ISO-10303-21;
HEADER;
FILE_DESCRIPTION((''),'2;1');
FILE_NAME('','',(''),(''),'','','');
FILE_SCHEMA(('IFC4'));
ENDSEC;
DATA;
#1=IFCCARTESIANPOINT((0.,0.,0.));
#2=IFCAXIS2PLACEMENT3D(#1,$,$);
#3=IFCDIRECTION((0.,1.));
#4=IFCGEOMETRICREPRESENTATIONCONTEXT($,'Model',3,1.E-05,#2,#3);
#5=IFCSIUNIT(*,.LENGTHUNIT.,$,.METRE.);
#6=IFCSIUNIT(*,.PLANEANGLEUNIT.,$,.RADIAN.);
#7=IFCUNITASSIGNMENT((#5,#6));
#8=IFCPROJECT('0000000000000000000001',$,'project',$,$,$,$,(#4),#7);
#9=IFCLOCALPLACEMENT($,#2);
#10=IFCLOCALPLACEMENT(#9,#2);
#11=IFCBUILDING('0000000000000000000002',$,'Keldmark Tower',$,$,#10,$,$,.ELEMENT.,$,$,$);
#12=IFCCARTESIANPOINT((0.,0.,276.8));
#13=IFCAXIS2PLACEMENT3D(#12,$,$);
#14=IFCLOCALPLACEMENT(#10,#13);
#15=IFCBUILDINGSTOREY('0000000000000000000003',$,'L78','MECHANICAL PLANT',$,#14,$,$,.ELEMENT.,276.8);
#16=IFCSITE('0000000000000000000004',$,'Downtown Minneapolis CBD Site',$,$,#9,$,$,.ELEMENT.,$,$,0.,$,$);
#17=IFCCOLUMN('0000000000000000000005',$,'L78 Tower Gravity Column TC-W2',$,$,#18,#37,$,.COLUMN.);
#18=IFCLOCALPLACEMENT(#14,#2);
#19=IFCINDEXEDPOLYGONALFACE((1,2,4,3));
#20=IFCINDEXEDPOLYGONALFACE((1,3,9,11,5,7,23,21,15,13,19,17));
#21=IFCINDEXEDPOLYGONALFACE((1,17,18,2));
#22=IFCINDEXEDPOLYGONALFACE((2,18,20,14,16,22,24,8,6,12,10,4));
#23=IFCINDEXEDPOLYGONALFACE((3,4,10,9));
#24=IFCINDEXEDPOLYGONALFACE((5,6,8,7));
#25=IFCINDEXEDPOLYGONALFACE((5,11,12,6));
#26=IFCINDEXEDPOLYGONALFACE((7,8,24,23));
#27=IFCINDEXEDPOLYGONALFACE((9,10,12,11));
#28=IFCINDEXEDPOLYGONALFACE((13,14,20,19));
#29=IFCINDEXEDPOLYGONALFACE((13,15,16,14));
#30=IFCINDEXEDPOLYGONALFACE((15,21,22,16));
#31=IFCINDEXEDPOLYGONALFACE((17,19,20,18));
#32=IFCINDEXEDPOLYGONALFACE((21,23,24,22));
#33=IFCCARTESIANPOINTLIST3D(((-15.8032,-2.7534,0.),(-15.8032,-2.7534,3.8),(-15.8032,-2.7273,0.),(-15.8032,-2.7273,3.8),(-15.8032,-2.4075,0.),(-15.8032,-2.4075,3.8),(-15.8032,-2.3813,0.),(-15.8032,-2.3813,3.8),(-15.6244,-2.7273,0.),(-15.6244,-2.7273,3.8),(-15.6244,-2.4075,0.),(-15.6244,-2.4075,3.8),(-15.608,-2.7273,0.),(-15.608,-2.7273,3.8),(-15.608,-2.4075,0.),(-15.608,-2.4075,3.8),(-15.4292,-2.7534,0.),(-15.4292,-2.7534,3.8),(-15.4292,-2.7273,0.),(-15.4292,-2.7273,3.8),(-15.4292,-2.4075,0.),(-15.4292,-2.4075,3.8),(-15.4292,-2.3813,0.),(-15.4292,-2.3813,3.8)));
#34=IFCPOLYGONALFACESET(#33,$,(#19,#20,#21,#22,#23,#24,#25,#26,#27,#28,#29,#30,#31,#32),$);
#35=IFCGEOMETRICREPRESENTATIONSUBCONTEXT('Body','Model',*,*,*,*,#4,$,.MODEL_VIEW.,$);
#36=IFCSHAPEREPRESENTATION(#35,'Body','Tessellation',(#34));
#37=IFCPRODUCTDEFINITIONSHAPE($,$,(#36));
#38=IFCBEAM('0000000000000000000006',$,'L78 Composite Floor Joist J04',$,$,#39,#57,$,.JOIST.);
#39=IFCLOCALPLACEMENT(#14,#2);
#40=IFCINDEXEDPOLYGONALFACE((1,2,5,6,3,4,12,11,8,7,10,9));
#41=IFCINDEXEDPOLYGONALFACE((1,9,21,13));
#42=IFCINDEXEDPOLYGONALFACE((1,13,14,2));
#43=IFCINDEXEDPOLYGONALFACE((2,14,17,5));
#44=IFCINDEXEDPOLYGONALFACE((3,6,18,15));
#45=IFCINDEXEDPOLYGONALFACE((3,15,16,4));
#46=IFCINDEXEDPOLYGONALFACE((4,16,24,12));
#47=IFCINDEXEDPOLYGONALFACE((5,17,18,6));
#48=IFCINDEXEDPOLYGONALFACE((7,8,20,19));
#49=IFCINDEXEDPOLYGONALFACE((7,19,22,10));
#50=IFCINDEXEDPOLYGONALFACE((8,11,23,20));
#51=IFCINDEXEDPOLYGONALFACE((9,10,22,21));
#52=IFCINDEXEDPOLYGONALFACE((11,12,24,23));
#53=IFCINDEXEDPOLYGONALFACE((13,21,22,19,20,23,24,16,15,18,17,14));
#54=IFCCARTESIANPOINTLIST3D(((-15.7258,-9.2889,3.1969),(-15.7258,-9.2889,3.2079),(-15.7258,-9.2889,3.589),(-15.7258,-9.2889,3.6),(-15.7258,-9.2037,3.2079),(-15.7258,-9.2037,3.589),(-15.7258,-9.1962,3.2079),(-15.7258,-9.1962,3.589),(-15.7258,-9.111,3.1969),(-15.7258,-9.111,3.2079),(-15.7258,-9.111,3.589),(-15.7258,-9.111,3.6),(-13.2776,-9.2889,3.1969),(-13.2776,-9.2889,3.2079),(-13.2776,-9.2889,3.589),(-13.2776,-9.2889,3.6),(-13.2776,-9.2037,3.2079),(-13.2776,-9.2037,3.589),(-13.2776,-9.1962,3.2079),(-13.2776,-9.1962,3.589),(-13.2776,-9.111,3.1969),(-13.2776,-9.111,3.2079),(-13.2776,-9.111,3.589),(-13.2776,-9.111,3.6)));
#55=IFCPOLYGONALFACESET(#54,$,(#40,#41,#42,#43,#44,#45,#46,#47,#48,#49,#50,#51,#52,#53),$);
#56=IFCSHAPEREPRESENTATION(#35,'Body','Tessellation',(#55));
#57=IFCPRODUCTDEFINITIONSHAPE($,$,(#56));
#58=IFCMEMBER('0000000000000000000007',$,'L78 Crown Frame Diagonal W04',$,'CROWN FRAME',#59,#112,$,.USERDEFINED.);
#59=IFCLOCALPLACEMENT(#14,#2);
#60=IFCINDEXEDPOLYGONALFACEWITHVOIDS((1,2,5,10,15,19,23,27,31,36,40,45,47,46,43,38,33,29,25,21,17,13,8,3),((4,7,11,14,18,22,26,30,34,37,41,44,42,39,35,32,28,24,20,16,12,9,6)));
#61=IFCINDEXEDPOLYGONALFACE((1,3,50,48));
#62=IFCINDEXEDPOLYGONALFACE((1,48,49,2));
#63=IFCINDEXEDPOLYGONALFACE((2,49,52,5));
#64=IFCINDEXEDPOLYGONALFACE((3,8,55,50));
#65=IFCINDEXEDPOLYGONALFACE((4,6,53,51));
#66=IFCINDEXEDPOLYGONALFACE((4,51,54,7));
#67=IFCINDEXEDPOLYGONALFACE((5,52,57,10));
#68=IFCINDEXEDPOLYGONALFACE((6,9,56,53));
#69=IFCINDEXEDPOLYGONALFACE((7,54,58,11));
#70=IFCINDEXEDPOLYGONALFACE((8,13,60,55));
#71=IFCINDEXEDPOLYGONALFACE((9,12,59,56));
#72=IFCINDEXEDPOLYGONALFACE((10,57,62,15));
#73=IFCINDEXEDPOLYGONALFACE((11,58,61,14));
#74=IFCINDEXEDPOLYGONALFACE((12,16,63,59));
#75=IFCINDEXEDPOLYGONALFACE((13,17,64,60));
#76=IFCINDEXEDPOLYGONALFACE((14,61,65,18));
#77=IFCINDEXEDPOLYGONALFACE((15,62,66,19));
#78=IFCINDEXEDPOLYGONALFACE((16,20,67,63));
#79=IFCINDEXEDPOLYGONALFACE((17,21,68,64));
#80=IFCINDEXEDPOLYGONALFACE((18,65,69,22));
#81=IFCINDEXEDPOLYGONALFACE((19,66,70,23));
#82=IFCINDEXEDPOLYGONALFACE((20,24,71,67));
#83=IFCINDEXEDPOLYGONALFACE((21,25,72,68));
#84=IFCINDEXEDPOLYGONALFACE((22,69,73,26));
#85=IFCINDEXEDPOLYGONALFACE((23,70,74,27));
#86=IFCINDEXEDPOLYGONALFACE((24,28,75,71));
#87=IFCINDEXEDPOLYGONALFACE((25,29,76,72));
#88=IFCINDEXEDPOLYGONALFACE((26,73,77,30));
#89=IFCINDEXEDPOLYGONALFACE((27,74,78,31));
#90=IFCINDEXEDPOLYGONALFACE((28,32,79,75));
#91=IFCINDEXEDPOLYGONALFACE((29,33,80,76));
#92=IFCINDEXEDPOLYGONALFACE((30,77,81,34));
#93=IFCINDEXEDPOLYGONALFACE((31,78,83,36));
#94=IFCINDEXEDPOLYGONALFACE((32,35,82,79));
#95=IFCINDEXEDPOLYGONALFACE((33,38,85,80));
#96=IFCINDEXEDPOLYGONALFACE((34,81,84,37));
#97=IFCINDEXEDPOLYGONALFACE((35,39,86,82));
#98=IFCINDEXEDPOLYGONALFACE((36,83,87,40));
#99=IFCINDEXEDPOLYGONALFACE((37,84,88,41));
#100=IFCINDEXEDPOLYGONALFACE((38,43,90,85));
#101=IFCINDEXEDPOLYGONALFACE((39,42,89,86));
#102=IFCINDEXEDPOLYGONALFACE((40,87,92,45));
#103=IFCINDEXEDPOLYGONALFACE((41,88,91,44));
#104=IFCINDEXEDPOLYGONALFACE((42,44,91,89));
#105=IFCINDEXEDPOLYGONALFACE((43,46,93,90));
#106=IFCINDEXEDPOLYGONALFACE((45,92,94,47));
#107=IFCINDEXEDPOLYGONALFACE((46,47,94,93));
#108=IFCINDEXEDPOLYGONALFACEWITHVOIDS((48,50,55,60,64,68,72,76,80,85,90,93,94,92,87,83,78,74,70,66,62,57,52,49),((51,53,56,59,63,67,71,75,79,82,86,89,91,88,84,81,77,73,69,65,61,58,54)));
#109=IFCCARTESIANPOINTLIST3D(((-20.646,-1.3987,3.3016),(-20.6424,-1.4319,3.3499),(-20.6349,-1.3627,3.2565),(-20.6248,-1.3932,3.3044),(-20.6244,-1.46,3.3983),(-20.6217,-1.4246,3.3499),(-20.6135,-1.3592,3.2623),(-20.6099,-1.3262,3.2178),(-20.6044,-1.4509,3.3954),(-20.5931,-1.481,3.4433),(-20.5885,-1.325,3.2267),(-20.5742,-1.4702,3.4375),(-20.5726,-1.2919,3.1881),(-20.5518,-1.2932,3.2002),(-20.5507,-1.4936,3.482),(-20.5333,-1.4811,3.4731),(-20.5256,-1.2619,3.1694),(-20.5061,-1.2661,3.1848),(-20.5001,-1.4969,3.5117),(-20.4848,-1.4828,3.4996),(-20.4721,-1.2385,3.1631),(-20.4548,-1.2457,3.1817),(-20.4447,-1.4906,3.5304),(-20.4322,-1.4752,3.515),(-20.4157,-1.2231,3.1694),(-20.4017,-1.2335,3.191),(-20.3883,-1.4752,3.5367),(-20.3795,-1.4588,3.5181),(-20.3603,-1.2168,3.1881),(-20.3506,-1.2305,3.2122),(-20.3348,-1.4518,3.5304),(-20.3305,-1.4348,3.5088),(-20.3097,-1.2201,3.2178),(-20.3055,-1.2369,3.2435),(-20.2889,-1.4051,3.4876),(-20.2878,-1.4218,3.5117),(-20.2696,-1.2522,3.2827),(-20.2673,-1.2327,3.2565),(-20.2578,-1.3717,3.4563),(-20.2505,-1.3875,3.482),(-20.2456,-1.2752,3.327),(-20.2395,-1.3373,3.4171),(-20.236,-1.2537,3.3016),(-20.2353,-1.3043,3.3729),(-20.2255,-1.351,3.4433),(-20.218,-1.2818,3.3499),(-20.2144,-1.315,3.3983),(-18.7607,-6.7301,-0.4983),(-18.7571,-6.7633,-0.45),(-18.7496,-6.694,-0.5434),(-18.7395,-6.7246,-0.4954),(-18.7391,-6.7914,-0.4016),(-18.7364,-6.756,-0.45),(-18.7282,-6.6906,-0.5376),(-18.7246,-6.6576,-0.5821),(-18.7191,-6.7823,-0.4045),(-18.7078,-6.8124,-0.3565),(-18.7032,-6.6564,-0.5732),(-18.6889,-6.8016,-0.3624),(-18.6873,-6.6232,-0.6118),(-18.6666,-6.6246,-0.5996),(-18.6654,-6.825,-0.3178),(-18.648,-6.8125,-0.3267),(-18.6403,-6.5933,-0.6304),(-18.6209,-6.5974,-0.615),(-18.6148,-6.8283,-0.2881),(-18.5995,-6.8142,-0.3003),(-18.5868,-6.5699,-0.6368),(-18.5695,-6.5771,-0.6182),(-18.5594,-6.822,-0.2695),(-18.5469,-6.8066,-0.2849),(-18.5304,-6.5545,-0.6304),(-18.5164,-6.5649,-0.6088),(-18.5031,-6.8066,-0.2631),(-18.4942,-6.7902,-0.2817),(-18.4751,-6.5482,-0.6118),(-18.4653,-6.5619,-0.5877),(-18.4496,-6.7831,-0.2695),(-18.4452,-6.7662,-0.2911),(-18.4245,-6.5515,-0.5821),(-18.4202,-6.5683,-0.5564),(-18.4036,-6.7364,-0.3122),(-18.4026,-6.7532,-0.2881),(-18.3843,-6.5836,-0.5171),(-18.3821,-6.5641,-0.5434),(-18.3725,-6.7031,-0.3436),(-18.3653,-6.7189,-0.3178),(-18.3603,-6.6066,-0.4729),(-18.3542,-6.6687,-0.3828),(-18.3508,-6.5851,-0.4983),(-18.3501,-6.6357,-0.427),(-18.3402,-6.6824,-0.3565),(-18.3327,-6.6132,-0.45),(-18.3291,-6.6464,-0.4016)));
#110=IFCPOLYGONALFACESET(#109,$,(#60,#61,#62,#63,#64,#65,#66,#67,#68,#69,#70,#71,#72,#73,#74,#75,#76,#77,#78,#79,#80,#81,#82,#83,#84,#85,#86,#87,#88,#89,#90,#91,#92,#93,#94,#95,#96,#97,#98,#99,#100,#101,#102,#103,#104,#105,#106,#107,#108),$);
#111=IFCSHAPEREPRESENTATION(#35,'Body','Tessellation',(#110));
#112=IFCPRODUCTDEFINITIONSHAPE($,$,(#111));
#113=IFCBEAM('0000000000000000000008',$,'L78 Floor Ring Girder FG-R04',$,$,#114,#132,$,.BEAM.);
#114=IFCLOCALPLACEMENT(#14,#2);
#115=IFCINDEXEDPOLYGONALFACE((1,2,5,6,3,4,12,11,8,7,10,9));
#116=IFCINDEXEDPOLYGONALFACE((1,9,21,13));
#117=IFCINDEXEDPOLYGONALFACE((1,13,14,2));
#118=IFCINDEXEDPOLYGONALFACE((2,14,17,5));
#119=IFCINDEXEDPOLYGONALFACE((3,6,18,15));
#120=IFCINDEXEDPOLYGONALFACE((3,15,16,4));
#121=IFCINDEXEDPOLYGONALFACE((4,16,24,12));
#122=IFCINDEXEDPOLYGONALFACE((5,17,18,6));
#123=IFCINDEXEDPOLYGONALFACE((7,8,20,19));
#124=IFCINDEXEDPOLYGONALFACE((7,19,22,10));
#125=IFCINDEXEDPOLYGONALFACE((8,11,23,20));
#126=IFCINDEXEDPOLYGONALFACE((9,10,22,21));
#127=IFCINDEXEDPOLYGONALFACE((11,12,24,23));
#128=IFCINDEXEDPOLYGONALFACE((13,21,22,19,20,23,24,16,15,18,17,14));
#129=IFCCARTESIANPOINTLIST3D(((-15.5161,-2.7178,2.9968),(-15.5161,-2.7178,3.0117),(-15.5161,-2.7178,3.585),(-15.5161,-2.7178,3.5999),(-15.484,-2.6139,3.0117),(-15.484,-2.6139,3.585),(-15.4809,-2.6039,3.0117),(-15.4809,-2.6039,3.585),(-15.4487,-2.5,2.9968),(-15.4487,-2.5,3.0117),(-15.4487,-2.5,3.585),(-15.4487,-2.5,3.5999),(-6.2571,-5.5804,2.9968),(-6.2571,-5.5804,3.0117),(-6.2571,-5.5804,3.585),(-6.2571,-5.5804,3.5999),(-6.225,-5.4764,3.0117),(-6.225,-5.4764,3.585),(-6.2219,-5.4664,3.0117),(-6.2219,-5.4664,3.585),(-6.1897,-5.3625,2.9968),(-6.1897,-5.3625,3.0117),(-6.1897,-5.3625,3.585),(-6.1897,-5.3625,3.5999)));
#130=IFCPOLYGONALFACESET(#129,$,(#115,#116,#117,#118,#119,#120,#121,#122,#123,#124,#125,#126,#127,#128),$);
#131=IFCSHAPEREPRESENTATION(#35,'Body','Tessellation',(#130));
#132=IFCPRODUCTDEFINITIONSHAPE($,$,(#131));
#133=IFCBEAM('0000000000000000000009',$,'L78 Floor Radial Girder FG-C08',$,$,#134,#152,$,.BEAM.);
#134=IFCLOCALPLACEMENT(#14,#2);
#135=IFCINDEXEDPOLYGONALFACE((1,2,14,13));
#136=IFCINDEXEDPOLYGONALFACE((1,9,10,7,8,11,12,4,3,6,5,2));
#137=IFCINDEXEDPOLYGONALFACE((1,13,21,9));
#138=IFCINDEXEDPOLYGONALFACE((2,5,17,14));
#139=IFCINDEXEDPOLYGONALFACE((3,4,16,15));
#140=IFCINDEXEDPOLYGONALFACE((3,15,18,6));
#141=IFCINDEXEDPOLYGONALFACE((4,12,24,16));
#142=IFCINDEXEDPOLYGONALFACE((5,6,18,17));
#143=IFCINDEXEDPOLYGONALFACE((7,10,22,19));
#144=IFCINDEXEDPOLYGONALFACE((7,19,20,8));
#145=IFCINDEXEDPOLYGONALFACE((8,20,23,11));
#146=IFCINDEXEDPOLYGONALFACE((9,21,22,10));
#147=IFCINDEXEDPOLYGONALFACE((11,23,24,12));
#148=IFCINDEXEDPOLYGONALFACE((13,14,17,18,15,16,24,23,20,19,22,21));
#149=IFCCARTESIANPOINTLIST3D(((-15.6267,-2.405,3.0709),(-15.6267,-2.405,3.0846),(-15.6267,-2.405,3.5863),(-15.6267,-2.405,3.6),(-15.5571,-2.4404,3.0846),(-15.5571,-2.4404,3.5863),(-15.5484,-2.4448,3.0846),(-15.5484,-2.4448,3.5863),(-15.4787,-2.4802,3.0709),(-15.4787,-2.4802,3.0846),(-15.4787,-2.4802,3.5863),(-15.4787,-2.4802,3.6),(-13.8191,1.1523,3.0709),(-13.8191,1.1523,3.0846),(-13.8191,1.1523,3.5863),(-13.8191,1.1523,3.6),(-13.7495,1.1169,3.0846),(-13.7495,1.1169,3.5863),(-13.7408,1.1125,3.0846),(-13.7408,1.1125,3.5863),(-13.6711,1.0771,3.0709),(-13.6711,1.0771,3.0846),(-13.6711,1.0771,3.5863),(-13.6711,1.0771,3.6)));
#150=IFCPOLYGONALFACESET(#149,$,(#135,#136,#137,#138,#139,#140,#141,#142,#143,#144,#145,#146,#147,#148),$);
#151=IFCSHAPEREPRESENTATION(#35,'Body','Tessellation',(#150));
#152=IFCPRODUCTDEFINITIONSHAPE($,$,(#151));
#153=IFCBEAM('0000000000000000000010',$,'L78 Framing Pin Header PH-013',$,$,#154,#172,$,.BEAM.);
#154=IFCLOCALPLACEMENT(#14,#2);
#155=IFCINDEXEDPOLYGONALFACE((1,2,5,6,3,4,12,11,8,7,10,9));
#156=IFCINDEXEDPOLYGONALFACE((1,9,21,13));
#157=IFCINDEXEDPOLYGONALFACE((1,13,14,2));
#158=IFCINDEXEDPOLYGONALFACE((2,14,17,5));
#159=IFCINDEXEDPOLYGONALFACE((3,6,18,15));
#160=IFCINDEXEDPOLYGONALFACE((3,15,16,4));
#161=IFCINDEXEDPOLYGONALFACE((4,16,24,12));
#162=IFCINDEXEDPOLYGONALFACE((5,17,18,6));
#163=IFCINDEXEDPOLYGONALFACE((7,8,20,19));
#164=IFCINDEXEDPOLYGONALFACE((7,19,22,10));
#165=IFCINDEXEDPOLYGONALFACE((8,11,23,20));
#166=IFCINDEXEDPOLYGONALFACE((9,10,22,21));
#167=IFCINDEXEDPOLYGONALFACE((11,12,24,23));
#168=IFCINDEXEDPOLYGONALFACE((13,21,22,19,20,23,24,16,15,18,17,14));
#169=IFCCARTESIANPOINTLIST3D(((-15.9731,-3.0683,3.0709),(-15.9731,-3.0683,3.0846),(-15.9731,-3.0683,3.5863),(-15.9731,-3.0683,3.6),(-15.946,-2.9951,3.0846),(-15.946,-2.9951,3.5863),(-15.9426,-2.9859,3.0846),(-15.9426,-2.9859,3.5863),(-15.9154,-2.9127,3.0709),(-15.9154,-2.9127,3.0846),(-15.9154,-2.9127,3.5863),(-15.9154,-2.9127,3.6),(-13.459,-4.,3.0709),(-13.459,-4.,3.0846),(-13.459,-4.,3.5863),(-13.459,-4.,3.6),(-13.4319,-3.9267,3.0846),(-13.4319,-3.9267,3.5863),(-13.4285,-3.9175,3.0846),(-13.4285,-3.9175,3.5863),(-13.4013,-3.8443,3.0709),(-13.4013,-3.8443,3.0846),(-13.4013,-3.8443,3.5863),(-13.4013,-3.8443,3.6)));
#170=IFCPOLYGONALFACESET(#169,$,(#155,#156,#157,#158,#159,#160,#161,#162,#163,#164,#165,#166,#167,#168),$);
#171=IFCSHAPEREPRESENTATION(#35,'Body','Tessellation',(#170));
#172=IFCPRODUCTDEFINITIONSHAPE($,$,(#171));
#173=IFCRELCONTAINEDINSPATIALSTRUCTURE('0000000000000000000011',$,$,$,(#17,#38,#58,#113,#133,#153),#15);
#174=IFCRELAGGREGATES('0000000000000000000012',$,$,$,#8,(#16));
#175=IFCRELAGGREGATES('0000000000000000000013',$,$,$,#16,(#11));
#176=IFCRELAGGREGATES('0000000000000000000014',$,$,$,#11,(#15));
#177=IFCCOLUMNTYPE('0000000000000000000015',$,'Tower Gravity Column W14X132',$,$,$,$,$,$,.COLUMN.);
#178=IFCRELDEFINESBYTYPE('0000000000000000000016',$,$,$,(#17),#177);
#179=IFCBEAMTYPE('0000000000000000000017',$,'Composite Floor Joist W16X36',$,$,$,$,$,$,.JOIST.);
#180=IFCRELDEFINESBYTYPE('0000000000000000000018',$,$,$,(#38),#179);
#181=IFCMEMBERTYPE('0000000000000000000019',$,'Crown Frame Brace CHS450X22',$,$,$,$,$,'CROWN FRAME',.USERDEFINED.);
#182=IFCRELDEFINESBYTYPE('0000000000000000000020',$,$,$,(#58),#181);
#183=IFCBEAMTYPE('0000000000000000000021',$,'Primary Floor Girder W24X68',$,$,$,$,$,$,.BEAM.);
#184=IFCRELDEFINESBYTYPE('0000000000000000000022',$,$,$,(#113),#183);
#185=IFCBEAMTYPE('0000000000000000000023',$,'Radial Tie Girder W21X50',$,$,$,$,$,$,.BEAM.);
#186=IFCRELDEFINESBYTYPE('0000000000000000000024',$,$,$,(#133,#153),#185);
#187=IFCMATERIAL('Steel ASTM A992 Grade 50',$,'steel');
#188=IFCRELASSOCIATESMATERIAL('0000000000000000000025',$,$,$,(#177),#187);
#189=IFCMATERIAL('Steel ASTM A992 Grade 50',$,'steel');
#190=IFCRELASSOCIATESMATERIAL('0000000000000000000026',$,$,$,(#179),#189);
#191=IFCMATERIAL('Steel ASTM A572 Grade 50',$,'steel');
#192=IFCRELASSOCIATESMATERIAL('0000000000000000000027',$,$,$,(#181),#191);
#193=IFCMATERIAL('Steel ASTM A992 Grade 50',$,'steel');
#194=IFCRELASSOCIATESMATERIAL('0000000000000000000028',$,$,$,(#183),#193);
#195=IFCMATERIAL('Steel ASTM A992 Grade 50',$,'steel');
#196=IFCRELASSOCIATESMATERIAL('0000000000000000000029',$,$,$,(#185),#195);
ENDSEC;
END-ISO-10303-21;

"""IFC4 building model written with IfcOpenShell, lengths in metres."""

from ifc_helpers import new_model, si_unit, direction, frame, origin, origin_2d, place, context, subcontext, project, spatial, hollow_circle, i_section, extrude, material, material_profile, profile_set, type_object, element, save


model = new_model("IFC4")

# Units and contexts
model_context = context("Model", 3, precision=1e-05, world=origin(), true_north=direction((0.0, 1.0)))
body_context = subcontext(model_context, "Body", "Model", "MODEL_VIEW")
ifc_project = project(units=[si_unit("LENGTHUNIT", "METRE"), si_unit("PLANEANGLEUNIT", "RADIAN")], contexts=[model_context])

# Site, building, storey
site_placement = place(None, origin())
site = spatial("IfcSite", under=ifc_project, at=site_placement, Name="Downtown Minneapolis CBD Site", CompositionType="ELEMENT", RefElevation=0.0)
building_placement = place(site_placement, origin())
building = spatial("IfcBuilding", under=site, at=building_placement, Name="Keldmark Tower", CompositionType="ELEMENT")
storey_placement = place(building_placement, frame((0.0, 0.0, 276.8)))
storey = spatial("IfcBuildingStorey", under=building, at=storey_placement, Name="L78", Description="MECHANICAL PLANT", CompositionType="ELEMENT", Elevation=276.8)

# Column
ifc_material_1 = material(Name="Steel ASTM A992 Grade 50", Category="steel")
ifc_material_profile_1 = material_profile(ifc_material_1, i_section(OverallWidth=0.374, OverallDepth=0.3721, WebThickness=0.0164, FlangeThickness=0.0261, at=origin_2d()), Name="W14X132")
ifc_profile_set_1 = profile_set([ifc_material_profile_1], Name="Steel ASTM A992 Grade 50")
column_type = type_object("IfcColumnType", Name="Tower Gravity Column W14X132", PredefinedType="COLUMN", material=ifc_profile_set_1)
column_placement = place(storey_placement, frame((-15.6162, -2.5674, 0.0), z_axis=(0.0, 0.0, 1.0), x_axis=(1.0, 0.0, 0.0)))
element("IfcColumn", 1, at=column_placement, inside=storey, type_object=column_type, Name="L78 Tower Gravity Column TC-W2", PredefinedType="COLUMN", context=body_context, shape_type="SweptSolid", body=[
    extrude(i_section(OverallWidth=0.374, OverallDepth=0.3721, WebThickness=0.0164, FlangeThickness=0.0261, at=origin_2d()), origin(), (0.0, 0.0, 1.0), 3.8),
])

# Beam
ifc_material_2 = material(Name="Steel ASTM A992 Grade 50", Category="steel")
ifc_material_profile_2 = material_profile(ifc_material_2, i_section(OverallWidth=0.178, OverallDepth=0.4031, WebThickness=0.0076, FlangeThickness=0.011, at=origin_2d()), Name="W16X36")
ifc_profile_set_2 = profile_set([ifc_material_profile_2], Name="Steel ASTM A992 Grade 50")
beam_type_1 = type_object("IfcBeamType", Name="Composite Floor Joist W16X36", PredefinedType="JOIST", material=ifc_profile_set_2)
beam_1_placement = place(storey_placement, frame((-15.7258, -9.2, 3.3984), z_axis=(1.0, 0.0, 0.0), x_axis=(0.0, 1.0, 0.0)))
element("IfcBeam", 2, at=beam_1_placement, inside=storey, type_object=beam_type_1, Name="L78 Composite Floor Joist J04", PredefinedType="JOIST", context=body_context, shape_type="SweptSolid", body=[
    extrude(i_section(OverallWidth=0.178, OverallDepth=0.4031, WebThickness=0.0076, FlangeThickness=0.011, at=origin_2d()), origin(), (0.0, 0.0, 1.0), 2.4482),
])

# Member
ifc_material_3 = material(Name="Steel ASTM A572 Grade 50", Category="steel")
ifc_material_profile_3 = material_profile(ifc_material_3, hollow_circle(Radius=0.2251, WallThickness=0.022, at=origin_2d()), Name="CHS450X22")
ifc_profile_set_3 = profile_set([ifc_material_profile_3], Name="Steel ASTM A572 Grade 50")
member_type = type_object("IfcMemberType", Name="Crown Frame Brace CHS450X22", ElementType="CROWN FRAME", PredefinedType="USERDEFINED", material=ifc_profile_set_3)
member_placement = place(storey_placement, frame((-18.5449, -6.6882, -0.45), z_axis=(-0.276719, 0.782531, 0.557738), x_axis=(-0.942789, -0.333389, 0.0)))
element("IfcMember", 3, at=member_placement, inside=storey, type_object=member_type, Name="L78 Crown Frame Diagonal W04", ObjectType="CROWN FRAME", PredefinedType="USERDEFINED", context=body_context, shape_type="SweptSolid", body=[
    extrude(hollow_circle(Radius=0.2251, WallThickness=0.022, at=origin_2d()), origin(), (0.0, 0.0, 1.0), 6.813),
])

# Beams
ifc_material_4 = material(Name="Steel ASTM A992 Grade 50", Category="steel")
ifc_material_profile_4 = material_profile(ifc_material_4, i_section(OverallWidth=0.228, OverallDepth=0.603, WebThickness=0.0105, FlangeThickness=0.0149, at=origin_2d()), Name="W24X68")
ifc_profile_set_4 = profile_set([ifc_material_profile_4], Name="Steel ASTM A992 Grade 50")
beam_type_2 = type_object("IfcBeamType", Name="Primary Floor Girder W24X68", PredefinedType="BEAM", material=ifc_profile_set_4)
beam_2_placement = place(storey_placement, frame((-15.4824, -2.6089, 3.2983), z_axis=(0.955383, -0.295369, 0.0), x_axis=(0.295369, 0.955383, 0.0)))
element("IfcBeam", 4, at=beam_2_placement, inside=storey, type_object=beam_type_2, Name="L78 Floor Ring Girder FG-R04", PredefinedType="BEAM", context=body_context, shape_type="SweptSolid", body=[
    extrude(i_section(OverallWidth=0.228, OverallDepth=0.603, WebThickness=0.0105, FlangeThickness=0.0149, at=origin_2d()), origin(), (0.0, 0.0, 1.0), 9.6914),
])
ifc_material_5 = material(Name="Steel ASTM A992 Grade 50", Category="steel")
ifc_material_profile_5 = material_profile(ifc_material_5, i_section(OverallWidth=0.166, OverallDepth=0.5291, WebThickness=0.0098, FlangeThickness=0.0137, at=origin_2d()), Name="W21X50")
ifc_profile_set_5 = profile_set([ifc_material_profile_5], Name="Steel ASTM A992 Grade 50")
beam_type_3 = type_object("IfcBeamType", Name="Radial Tie Girder W21X50", PredefinedType="BEAM", material=ifc_profile_set_5)
beam_3_placement = place(storey_placement, frame((-15.5527, -2.4426, 3.3354), z_axis=(0.453004, 0.891508, 0.0), x_axis=(-0.891508, 0.453004, 0.0)))
element("IfcBeam", 5, at=beam_3_placement, inside=storey, type_object=beam_type_3, Name="L78 Floor Radial Girder FG-C08", PredefinedType="BEAM", context=body_context, shape_type="SweptSolid", body=[
    extrude(i_section(OverallWidth=0.166, OverallDepth=0.5291, WebThickness=0.0098, FlangeThickness=0.0137, at=origin_2d()), origin(), (0.0, 0.0, 1.0), 3.9902),
])
beam_4_placement = place(storey_placement, frame((-13.4302, -3.9221, 3.3354), z_axis=(-0.937692, 0.347469, 0.0), x_axis=(-0.347469, -0.937692, 0.0)))
element("IfcBeam", 6, at=beam_4_placement, inside=storey, type_object=beam_type_3, Name="L78 Framing Pin Header PH-013", PredefinedType="BEAM", context=body_context, shape_type="SweptSolid", body=[
    extrude(i_section(OverallWidth=0.166, OverallDepth=0.5291, WebThickness=0.0098, FlangeThickness=0.0137, at=origin_2d()), origin(), (0.0, 0.0, 1.0), 2.6812),
])

save(model, "model.ifc")
